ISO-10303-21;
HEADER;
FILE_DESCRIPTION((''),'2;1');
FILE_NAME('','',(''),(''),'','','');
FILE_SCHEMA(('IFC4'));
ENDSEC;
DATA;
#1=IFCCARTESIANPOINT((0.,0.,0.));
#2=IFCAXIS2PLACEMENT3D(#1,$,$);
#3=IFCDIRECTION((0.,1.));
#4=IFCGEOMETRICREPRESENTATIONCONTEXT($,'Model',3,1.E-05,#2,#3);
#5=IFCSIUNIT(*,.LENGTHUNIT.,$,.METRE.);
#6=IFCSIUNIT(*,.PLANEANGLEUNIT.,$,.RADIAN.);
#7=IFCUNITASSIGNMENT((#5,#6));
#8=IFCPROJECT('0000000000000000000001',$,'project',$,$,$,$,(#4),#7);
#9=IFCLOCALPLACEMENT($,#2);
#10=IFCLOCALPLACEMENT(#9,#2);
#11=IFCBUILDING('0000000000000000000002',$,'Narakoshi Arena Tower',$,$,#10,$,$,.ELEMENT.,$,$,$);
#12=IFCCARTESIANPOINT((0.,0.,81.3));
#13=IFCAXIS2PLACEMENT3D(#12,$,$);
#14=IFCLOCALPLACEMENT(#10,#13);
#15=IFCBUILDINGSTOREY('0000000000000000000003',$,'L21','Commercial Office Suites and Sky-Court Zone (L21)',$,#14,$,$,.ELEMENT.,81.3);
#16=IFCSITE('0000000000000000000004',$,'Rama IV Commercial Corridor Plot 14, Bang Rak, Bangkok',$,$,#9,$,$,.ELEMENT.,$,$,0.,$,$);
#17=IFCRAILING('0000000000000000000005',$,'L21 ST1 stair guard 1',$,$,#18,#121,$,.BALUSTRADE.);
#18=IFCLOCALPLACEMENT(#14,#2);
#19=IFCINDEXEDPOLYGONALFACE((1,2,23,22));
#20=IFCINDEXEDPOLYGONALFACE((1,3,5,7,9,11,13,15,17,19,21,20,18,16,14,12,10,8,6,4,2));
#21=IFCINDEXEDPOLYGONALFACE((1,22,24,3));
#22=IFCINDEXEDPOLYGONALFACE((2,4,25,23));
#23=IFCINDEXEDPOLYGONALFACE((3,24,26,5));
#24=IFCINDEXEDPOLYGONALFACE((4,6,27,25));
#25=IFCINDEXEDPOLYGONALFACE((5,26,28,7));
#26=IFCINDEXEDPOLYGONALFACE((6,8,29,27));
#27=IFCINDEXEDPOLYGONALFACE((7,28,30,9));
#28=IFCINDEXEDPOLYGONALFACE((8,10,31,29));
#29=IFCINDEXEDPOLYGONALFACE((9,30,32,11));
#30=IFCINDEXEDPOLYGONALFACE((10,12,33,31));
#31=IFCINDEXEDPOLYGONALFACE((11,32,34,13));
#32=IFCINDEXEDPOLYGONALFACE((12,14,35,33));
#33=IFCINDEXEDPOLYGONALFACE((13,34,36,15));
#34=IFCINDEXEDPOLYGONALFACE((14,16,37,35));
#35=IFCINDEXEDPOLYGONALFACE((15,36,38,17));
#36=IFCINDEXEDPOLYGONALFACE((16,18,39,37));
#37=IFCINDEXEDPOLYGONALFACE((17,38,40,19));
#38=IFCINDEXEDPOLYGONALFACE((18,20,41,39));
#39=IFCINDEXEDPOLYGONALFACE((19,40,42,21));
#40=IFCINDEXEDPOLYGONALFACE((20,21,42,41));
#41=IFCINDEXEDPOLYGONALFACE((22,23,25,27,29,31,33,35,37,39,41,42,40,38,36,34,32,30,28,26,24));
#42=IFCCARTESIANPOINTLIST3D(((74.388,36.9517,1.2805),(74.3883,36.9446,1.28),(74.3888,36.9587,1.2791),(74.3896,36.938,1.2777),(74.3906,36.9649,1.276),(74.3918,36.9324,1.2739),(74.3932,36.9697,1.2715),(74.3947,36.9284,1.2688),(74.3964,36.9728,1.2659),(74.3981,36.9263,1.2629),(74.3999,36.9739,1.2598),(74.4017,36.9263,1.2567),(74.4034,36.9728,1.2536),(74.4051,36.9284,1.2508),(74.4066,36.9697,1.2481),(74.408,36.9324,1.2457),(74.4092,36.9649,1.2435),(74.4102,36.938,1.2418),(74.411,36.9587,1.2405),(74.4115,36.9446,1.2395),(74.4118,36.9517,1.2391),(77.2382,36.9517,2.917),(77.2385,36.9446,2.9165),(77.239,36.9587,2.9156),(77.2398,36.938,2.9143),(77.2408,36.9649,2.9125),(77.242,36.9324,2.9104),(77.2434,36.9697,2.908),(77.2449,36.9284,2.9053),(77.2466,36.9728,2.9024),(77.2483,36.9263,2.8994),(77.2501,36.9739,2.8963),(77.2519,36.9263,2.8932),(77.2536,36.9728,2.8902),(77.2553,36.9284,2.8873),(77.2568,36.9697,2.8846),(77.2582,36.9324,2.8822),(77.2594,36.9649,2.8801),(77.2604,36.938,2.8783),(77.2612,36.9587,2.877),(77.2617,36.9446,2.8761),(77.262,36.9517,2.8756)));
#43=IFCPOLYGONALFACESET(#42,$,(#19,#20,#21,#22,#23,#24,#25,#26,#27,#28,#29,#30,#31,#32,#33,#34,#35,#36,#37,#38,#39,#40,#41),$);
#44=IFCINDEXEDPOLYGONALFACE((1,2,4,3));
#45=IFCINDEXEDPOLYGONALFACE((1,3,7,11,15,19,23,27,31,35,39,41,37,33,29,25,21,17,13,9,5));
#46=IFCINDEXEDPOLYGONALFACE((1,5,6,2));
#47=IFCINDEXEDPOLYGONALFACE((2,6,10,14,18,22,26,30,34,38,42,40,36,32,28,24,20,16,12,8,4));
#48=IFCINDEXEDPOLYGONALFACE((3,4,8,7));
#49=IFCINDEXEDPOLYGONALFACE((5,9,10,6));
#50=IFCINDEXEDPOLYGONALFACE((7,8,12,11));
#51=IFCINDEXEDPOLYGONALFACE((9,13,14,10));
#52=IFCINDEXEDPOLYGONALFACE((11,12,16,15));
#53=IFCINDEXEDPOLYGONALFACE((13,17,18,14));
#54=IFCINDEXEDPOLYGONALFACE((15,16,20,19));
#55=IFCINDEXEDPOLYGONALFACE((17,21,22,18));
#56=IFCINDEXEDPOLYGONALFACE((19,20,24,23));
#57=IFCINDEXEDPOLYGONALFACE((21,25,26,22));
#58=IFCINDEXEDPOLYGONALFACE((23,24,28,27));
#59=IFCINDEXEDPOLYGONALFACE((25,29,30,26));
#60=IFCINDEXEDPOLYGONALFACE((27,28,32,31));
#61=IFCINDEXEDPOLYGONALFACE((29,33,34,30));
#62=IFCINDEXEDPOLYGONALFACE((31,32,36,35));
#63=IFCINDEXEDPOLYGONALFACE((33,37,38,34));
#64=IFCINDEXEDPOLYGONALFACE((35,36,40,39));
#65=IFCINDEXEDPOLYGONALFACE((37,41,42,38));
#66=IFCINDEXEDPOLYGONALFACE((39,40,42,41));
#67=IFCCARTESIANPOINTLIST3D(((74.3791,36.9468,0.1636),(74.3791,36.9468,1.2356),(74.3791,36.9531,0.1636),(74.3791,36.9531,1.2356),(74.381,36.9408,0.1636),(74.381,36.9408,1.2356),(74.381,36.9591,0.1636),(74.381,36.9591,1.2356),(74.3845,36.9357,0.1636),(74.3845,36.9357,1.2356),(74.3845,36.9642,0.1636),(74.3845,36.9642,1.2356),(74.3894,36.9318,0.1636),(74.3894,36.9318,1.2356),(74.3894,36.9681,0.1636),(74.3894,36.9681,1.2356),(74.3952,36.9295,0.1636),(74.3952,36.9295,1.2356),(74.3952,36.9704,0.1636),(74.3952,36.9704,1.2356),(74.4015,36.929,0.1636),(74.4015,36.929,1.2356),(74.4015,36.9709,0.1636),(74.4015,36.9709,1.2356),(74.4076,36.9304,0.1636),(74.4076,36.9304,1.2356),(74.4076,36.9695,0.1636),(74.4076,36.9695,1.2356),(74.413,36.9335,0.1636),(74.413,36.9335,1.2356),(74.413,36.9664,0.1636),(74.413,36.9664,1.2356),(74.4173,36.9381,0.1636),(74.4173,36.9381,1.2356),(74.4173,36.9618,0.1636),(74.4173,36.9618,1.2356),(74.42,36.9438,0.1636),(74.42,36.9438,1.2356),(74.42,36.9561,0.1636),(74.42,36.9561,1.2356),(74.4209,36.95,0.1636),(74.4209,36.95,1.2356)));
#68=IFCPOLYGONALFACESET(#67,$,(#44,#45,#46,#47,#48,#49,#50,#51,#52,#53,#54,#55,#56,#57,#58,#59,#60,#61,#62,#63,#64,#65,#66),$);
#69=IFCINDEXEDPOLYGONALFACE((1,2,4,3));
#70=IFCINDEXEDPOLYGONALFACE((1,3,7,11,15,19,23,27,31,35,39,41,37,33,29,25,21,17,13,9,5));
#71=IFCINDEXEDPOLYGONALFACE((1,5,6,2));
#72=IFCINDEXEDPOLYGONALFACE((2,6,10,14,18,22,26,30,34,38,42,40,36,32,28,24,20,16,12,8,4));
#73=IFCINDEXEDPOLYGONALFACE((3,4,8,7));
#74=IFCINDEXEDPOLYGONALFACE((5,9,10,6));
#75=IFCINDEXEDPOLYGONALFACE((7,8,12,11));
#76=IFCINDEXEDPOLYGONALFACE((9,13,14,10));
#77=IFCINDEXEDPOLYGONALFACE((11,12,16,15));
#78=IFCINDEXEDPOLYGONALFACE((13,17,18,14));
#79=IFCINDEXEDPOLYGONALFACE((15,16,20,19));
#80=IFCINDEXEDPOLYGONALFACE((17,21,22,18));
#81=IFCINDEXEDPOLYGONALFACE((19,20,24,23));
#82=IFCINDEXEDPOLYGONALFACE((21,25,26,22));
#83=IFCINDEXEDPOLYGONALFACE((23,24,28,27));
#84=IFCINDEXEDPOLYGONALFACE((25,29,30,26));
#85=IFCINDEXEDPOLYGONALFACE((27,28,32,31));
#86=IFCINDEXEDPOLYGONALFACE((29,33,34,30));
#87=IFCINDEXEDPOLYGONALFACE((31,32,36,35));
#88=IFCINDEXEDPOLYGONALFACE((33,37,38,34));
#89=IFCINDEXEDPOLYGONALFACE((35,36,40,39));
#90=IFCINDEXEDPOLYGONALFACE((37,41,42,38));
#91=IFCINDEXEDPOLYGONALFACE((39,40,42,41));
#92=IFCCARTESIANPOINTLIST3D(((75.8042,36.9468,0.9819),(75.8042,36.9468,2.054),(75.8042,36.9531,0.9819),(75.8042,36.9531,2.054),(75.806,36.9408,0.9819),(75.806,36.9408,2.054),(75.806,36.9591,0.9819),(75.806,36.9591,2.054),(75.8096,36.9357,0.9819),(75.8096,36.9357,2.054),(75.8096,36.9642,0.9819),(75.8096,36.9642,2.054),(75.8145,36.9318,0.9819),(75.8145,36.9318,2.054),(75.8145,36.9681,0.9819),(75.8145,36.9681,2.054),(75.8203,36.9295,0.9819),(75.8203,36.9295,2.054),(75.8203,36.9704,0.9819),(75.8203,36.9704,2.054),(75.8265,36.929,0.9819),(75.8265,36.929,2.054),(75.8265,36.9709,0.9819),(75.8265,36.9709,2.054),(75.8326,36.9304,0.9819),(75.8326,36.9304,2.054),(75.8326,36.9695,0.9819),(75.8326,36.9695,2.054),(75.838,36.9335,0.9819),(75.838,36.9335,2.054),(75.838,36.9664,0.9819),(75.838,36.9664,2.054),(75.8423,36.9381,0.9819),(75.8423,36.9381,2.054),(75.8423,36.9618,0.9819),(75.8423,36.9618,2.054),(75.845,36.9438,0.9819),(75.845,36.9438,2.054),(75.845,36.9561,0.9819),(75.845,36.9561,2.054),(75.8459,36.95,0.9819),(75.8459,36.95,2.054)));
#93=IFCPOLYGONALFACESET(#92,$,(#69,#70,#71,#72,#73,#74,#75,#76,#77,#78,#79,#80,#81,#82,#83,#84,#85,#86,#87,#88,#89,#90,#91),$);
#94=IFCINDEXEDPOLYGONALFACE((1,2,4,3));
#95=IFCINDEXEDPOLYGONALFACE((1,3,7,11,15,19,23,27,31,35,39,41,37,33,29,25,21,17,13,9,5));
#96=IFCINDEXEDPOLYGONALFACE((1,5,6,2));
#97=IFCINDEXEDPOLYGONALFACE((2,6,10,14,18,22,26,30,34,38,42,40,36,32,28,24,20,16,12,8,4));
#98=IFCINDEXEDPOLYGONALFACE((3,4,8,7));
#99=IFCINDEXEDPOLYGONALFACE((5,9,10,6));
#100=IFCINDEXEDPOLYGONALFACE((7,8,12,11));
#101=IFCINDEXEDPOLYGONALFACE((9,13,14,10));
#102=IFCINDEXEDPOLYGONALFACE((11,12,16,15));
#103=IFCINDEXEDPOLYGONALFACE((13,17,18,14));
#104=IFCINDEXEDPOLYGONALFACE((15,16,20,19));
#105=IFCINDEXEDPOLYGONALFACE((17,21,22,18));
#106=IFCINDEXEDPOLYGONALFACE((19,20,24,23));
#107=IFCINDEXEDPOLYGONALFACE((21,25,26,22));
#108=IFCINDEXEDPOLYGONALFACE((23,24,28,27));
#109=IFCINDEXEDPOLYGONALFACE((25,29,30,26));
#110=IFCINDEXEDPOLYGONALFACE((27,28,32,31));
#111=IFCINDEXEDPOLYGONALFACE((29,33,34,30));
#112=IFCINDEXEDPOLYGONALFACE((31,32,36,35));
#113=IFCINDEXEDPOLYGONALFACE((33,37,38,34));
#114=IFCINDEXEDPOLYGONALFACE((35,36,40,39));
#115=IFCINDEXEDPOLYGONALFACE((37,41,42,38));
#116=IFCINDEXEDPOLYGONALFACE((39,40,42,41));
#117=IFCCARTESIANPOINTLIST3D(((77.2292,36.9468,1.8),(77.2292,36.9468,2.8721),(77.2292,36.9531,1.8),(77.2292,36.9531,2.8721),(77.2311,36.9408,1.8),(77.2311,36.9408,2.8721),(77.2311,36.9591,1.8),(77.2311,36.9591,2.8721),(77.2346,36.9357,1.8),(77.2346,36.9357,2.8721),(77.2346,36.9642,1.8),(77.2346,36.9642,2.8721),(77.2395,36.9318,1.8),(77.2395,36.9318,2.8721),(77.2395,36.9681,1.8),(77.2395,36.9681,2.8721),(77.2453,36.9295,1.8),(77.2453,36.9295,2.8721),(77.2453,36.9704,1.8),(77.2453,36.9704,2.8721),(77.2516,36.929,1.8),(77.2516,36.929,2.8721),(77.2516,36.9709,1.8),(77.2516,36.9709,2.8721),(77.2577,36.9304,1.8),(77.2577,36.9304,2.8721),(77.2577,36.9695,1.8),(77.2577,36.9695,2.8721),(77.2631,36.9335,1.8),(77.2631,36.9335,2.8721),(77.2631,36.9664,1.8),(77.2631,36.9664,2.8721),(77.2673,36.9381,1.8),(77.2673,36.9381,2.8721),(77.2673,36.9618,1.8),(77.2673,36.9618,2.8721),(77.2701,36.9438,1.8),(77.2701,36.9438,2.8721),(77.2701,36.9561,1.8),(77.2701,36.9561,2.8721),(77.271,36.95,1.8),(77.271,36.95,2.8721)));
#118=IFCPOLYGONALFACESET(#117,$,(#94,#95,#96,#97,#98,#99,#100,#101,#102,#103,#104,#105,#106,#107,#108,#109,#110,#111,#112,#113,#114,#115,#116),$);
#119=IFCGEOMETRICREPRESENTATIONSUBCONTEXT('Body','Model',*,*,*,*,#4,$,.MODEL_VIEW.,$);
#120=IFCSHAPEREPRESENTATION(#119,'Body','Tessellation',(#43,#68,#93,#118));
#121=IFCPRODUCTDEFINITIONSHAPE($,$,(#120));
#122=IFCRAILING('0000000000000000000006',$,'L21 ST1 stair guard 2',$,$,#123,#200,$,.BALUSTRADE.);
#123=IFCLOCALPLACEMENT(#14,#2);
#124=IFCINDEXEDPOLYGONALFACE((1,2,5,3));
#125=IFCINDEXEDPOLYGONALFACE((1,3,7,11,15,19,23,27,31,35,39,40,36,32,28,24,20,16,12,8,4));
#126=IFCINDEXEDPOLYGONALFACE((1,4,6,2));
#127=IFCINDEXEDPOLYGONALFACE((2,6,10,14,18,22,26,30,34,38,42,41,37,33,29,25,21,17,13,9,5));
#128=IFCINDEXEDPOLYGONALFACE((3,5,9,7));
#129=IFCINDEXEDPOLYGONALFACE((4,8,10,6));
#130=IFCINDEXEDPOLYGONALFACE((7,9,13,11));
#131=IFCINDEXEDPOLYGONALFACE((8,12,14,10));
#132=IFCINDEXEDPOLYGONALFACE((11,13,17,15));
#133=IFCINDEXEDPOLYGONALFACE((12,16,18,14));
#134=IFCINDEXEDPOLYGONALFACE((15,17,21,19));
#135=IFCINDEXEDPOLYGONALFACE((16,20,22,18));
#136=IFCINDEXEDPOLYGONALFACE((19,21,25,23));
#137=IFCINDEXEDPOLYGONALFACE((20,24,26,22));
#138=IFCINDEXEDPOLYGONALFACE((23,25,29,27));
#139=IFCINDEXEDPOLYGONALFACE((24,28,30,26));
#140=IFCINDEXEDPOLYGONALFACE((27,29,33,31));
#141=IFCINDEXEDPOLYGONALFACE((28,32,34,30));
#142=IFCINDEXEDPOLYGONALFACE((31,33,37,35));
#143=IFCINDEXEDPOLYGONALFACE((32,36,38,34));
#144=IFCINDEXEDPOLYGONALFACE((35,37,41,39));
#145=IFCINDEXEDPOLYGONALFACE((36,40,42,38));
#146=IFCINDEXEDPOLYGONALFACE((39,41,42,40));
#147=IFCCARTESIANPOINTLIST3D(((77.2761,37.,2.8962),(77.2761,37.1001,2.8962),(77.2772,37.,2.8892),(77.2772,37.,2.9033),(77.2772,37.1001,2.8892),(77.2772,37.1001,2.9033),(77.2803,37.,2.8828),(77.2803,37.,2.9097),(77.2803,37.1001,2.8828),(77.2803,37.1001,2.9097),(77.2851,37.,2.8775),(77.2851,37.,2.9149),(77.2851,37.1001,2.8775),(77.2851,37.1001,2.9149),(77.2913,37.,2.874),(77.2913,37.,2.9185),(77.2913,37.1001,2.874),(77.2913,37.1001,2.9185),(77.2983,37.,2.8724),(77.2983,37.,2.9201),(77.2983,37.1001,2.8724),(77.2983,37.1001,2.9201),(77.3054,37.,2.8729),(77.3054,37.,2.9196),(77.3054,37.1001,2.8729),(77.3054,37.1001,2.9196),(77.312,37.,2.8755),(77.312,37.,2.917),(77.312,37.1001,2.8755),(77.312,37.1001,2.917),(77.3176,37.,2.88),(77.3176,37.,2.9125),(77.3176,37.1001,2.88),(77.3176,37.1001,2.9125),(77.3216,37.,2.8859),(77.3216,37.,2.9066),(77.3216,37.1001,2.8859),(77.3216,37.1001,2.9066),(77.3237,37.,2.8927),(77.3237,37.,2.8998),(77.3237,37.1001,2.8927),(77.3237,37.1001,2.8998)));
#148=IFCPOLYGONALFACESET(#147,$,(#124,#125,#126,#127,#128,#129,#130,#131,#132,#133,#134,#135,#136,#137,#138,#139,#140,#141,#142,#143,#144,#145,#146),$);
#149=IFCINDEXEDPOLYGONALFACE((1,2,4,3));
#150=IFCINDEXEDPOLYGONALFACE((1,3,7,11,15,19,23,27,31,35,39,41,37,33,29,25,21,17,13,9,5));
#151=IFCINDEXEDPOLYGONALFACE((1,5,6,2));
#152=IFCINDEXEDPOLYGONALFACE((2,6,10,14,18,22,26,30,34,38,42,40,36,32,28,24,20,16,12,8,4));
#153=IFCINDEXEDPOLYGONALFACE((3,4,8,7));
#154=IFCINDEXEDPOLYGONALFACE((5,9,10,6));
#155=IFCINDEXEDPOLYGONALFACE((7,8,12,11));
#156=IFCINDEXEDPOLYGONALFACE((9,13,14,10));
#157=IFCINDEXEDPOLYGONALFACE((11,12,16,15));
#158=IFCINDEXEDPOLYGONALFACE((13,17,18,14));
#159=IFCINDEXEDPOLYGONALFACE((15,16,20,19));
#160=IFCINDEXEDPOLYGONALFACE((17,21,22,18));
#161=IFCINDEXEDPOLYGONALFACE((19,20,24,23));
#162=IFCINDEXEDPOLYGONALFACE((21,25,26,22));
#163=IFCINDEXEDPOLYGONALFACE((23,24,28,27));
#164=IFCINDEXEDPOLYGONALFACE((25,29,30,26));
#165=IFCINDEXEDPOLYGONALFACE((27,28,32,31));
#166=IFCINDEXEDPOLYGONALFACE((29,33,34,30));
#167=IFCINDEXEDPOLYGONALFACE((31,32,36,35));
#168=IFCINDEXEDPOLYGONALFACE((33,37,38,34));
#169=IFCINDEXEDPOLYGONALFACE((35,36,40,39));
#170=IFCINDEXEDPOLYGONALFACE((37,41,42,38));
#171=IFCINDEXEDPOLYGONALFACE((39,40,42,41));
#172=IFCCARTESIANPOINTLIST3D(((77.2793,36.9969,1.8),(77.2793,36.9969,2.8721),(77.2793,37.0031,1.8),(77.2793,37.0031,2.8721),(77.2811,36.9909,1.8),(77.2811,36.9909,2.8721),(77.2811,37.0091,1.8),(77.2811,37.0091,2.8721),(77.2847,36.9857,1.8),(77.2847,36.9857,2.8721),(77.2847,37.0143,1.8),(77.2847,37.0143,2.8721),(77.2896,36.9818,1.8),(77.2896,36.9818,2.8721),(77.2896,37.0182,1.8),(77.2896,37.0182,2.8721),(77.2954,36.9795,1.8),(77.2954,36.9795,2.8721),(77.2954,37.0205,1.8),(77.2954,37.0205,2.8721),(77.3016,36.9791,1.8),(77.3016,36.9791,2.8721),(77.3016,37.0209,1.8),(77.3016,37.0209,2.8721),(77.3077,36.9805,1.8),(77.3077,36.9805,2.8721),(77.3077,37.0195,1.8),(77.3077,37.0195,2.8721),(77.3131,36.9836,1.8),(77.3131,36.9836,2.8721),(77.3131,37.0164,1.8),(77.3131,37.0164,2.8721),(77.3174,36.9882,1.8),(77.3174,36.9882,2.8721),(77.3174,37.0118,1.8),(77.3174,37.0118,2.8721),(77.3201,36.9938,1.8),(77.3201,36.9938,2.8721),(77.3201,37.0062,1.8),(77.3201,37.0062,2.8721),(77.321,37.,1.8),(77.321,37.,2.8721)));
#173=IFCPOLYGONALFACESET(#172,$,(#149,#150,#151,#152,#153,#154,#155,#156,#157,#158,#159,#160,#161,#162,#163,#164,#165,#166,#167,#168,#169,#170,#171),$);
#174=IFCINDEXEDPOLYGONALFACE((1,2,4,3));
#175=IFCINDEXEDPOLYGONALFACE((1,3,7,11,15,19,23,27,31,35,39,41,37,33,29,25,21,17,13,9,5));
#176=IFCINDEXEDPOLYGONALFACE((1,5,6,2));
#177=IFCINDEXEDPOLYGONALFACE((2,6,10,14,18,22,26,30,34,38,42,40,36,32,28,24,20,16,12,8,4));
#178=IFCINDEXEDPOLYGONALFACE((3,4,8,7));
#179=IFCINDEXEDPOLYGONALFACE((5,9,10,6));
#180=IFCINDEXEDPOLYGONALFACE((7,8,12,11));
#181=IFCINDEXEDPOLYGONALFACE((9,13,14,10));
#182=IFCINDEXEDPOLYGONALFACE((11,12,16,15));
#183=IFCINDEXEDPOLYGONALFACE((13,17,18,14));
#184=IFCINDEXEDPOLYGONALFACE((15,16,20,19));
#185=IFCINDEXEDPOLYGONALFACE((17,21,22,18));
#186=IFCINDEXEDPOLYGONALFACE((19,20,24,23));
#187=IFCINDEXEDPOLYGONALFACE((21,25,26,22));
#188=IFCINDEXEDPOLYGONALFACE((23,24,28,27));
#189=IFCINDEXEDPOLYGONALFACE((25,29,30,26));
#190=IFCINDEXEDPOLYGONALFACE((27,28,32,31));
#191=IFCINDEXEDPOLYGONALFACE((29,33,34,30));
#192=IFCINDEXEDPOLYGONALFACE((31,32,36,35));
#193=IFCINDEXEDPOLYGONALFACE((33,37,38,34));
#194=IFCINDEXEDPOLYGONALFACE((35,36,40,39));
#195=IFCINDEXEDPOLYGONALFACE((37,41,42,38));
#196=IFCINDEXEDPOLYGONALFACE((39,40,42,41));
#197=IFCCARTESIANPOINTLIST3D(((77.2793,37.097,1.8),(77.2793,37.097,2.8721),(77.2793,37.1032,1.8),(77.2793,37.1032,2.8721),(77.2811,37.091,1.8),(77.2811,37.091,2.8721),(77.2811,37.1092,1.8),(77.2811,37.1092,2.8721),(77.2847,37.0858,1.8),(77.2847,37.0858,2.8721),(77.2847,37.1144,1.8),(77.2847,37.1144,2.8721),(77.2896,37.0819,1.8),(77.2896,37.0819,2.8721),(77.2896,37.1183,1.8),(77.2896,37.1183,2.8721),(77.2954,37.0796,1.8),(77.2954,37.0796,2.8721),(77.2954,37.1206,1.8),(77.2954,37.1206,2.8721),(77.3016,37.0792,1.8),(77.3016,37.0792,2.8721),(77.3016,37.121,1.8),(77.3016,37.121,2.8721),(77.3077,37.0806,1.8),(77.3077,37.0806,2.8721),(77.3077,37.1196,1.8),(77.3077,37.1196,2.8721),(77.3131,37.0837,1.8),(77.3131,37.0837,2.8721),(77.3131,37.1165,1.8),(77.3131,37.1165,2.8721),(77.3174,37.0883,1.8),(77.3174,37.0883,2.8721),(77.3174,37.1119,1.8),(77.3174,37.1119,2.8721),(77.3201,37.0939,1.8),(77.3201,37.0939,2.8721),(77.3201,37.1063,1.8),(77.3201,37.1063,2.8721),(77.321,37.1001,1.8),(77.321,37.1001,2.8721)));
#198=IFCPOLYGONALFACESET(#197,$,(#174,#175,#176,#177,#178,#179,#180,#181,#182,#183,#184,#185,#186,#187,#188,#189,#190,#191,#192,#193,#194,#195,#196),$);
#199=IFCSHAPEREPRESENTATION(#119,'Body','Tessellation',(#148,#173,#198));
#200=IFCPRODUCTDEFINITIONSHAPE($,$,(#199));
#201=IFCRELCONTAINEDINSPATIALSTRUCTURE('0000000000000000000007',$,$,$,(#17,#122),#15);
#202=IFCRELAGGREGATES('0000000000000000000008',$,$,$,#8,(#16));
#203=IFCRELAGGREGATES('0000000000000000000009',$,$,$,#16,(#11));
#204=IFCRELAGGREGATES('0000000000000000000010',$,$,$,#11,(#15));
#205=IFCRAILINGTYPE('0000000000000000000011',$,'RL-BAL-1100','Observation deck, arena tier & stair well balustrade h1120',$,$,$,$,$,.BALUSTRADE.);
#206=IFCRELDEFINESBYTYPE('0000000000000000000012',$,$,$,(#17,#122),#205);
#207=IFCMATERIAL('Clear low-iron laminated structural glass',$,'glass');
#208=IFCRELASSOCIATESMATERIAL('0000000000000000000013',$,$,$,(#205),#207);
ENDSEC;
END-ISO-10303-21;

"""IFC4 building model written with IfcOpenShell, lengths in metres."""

from ifc_helpers import new_model, si_unit, direction, frame, origin, origin_2d, place, context, subcontext, project, spatial, circle, extrude, material, type_object, element, save


model = new_model("IFC4")

# Units and contexts
model_context = context("Model", 3, precision=1e-05, world=origin(), true_north=direction((0.0, 1.0)))
body_context = subcontext(model_context, "Body", "Model", "MODEL_VIEW")
ifc_project = project(units=[si_unit("LENGTHUNIT", "METRE"), si_unit("PLANEANGLEUNIT", "RADIAN")], contexts=[model_context])

# Site, building, storey
site_placement = place(None, origin())
site = spatial("IfcSite", under=ifc_project, at=site_placement, Name="Rama IV Commercial Corridor Plot 14, Bang Rak, Bangkok", CompositionType="ELEMENT", RefElevation=0.0)
building_placement = place(site_placement, origin())
building = spatial("IfcBuilding", under=site, at=building_placement, Name="Narakoshi Arena Tower", CompositionType="ELEMENT")
storey_placement = place(building_placement, frame((0.0, 0.0, 81.3)))
storey = spatial("IfcBuildingStorey", under=building, at=storey_placement, Name="L21", Description="Commercial Office Suites and Sky-Court Zone (L21)", CompositionType="ELEMENT", Elevation=81.3)

# Railings
ifc_material_1 = material(Name="Clear low-iron laminated structural glass", Category="glass")
railing_type_1 = type_object("IfcRailingType", Name="RL-BAL-1100", Description="Observation deck, arena tier & stair well balustrade h1120", PredefinedType="BALUSTRADE", material=ifc_material_1)
railing_1_placement = place(storey_placement, frame((74.3999, 36.95, 0.1636)))
element("IfcRailing", 1, at=railing_1_placement, inside=storey, type_object=railing_type_1, Name="L21 ST1 stair guard 1", PredefinedType="BALUSTRADE", context=body_context, shape_type="SweptSolid", body=[
    extrude(circle(Radius=0.0239, at=origin_2d()), frame((0.0, 0.0, 1.0962), z_axis=(0.867213, 0.0, 0.497938), x_axis=(0.0, 1.0, 0.0)), (0.0, 0.0, 1.0), 3.2866),
    extrude(circle(Radius=0.021, at=origin_2d()), origin(), (0.0, 0.0, 1.0), 1.072),
    extrude(circle(Radius=0.021, at=origin_2d()), frame((1.425, 0.0, 0.8184)), (0.0, 0.0, 1.0), 1.072),
    extrude(circle(Radius=0.021, at=origin_2d()), frame((2.8501, 0.0, 1.6365)), (0.0, 0.0, 1.0), 1.072),
])
railing_2_placement = place(storey_placement, frame((77.3, 37.0, 1.8)))
element("IfcRailing", 2, at=railing_2_placement, inside=storey, type_object=railing_type_1, Name="L21 ST1 stair guard 2", PredefinedType="BALUSTRADE", context=body_context, shape_type="SweptSolid", body=[
    extrude(circle(Radius=0.0239, at=origin_2d()), frame((0.0, 0.0, 1.0962), z_axis=(0.0, 1.0, 0.0), x_axis=(-1.0, 0.0, 0.0)), (0.0, 0.0, 1.0), 0.1001),
    extrude(circle(Radius=0.021, at=origin_2d()), origin(), (0.0, 0.0, 1.0), 1.072),
    extrude(circle(Radius=0.021, at=origin_2d()), frame((0.0, 0.1001, 0.0)), (0.0, 0.0, 1.0), 1.072),
])

save(model, "model.ifc")
